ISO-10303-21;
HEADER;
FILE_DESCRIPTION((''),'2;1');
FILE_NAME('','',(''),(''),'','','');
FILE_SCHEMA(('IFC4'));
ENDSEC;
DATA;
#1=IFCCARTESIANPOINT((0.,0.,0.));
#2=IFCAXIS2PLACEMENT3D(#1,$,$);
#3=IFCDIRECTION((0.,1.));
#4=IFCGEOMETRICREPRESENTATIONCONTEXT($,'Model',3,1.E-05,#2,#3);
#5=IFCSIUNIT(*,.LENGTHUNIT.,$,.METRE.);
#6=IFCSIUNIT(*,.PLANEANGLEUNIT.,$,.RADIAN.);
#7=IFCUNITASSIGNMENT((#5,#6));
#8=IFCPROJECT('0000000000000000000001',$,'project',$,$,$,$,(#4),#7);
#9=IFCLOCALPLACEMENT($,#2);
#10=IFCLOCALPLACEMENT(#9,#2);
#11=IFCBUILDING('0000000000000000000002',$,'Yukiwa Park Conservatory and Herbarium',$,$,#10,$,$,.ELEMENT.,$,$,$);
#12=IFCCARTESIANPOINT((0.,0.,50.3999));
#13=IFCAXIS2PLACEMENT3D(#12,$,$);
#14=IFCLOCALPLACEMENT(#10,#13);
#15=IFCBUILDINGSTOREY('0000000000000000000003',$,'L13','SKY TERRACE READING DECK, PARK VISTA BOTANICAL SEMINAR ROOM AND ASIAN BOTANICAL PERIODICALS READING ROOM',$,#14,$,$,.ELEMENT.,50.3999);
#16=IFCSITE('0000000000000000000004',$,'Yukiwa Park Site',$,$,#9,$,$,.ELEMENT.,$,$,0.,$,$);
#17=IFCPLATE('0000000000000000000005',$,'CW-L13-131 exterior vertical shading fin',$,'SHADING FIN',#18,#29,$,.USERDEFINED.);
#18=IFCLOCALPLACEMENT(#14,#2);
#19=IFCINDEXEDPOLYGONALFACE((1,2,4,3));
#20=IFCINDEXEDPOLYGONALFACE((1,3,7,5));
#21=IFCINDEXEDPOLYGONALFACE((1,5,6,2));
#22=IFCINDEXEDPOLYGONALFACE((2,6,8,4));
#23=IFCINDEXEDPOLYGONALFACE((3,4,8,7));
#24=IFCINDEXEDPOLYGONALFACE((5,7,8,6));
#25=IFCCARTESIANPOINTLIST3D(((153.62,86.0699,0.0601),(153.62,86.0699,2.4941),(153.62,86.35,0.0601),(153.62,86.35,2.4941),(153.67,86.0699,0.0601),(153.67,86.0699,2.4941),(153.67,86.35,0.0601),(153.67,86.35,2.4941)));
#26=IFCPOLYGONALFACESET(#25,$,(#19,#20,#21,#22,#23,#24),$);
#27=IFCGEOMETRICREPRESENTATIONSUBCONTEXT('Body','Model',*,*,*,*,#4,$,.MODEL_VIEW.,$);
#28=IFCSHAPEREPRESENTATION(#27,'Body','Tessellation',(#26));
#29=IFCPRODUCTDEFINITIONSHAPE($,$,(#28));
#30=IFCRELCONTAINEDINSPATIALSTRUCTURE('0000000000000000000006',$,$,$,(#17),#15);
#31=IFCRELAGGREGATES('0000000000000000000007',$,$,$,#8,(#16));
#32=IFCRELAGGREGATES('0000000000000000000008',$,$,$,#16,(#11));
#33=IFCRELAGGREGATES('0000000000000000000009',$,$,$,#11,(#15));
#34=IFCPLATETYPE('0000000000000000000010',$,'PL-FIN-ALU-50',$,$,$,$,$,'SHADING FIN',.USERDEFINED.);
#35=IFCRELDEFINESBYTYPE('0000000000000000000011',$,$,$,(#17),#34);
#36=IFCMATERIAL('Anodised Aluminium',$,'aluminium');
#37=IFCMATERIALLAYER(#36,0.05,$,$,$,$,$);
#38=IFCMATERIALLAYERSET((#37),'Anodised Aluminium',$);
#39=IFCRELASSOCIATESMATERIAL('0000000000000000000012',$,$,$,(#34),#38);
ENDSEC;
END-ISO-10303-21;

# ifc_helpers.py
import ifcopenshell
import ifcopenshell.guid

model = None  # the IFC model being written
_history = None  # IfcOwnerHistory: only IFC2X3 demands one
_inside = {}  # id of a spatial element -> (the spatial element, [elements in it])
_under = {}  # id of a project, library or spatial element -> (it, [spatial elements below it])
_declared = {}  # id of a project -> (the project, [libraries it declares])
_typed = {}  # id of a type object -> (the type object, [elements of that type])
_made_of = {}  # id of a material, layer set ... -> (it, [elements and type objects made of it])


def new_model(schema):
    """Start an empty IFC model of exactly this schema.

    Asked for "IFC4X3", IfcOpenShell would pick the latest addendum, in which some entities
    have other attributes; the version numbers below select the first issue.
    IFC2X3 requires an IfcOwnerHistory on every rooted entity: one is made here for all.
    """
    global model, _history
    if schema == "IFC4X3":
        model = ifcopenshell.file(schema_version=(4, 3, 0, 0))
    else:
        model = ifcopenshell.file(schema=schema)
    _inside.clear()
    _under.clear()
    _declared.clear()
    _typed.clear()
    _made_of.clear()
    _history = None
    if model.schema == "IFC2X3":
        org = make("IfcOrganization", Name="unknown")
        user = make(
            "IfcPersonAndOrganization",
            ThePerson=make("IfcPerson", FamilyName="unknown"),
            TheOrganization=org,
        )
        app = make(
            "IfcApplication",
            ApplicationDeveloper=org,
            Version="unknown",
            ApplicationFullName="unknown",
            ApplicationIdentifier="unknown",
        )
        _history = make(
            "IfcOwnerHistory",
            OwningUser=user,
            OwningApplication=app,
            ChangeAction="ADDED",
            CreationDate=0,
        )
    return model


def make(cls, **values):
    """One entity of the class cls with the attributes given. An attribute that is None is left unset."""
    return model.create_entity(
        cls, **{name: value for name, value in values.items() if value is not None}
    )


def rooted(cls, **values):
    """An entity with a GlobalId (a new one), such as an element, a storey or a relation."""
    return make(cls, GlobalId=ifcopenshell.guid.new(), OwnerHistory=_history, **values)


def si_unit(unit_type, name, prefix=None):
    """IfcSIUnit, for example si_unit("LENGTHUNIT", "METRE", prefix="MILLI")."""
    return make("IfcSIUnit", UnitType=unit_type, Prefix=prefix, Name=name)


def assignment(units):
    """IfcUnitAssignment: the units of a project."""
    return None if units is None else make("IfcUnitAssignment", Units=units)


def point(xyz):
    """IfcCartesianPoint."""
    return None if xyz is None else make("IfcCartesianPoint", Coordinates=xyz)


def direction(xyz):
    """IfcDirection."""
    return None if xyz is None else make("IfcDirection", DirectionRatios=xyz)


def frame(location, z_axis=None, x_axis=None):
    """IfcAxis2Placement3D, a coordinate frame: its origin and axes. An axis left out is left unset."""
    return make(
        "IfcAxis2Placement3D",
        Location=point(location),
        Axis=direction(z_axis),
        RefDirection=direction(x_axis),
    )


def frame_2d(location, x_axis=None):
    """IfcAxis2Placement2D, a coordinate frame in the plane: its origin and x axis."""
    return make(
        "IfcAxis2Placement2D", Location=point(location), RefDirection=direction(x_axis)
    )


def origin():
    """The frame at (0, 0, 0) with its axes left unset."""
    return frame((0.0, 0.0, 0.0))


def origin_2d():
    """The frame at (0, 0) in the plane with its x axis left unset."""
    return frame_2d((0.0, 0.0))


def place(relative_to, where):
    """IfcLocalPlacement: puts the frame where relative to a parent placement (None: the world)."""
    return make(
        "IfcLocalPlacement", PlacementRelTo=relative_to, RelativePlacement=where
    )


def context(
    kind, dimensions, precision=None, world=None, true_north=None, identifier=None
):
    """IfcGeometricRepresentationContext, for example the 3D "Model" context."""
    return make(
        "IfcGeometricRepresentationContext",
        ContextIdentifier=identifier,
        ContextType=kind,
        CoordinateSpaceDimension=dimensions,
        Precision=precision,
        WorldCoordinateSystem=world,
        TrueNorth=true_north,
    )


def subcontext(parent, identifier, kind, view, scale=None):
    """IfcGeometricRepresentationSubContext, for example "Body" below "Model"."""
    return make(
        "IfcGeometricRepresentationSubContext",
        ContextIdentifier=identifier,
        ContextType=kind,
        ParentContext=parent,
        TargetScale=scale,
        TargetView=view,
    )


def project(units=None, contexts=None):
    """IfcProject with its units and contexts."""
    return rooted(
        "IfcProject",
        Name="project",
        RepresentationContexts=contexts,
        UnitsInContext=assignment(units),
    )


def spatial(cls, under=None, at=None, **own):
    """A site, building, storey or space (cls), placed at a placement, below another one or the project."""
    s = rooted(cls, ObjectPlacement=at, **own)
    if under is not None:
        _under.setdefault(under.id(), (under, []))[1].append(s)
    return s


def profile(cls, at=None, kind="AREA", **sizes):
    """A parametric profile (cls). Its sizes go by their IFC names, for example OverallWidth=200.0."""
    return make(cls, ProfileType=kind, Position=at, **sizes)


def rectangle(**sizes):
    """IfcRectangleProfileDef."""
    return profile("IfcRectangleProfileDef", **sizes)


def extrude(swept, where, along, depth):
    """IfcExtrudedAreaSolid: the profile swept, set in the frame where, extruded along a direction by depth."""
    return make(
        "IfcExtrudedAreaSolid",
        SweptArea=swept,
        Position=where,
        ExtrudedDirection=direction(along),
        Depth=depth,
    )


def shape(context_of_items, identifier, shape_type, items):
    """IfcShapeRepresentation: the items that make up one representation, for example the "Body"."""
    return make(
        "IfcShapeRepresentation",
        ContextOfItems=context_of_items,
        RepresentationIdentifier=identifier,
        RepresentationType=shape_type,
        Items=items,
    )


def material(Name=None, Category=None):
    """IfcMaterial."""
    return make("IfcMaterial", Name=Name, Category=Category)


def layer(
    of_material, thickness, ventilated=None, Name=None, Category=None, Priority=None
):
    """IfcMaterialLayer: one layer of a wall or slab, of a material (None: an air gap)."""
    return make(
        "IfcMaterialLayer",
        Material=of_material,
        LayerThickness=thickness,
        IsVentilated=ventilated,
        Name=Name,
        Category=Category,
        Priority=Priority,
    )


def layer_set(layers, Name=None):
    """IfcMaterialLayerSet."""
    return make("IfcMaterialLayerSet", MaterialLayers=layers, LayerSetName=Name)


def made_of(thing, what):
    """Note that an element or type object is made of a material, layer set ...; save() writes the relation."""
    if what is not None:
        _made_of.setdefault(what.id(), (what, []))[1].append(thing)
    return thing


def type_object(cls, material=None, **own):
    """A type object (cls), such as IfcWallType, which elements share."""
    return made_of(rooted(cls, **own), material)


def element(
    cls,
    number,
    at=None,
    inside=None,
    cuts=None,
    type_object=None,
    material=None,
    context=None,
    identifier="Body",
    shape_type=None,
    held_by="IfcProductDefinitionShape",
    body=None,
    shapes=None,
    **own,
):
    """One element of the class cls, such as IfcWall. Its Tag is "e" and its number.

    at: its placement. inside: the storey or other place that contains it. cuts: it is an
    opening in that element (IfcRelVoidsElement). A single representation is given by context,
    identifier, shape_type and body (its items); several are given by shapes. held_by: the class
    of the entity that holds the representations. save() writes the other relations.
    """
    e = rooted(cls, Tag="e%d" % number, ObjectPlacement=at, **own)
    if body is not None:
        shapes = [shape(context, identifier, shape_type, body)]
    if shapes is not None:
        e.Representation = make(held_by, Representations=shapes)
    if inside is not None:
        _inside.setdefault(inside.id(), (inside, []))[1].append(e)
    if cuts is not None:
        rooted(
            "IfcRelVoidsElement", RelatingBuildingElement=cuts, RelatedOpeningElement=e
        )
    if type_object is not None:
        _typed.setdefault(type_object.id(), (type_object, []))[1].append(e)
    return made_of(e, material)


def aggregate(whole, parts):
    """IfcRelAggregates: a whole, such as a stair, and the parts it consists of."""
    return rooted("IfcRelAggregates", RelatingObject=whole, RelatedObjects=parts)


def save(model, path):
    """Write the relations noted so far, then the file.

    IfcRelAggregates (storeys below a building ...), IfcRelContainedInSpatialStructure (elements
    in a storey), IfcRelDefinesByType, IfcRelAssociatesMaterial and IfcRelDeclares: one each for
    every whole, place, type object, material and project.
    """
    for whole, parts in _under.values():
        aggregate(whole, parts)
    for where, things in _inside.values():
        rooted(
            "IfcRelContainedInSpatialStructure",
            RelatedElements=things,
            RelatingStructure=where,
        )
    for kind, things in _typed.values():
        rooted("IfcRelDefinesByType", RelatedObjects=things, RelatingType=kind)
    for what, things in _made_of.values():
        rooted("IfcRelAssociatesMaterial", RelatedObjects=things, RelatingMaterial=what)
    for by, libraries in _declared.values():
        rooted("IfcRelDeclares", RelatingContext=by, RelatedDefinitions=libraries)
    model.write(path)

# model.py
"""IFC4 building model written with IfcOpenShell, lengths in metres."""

from ifc_helpers import new_model, si_unit, direction, frame, origin, origin_2d, place, context, subcontext, project, spatial, rectangle, extrude, material, layer, layer_set, type_object, element, save


model = new_model("IFC4")

# Units and contexts
model_context = context("Model", 3, precision=1e-05, world=origin(), true_north=direction((0.0, 1.0)))
body_context = subcontext(model_context, "Body", "Model", "MODEL_VIEW")
ifc_project = project(units=[si_unit("LENGTHUNIT", "METRE"), si_unit("PLANEANGLEUNIT", "RADIAN")], contexts=[model_context])

# Site, building, storey
site_placement = place(None, origin())
site = spatial("IfcSite", under=ifc_project, at=site_placement, Name="Yukiwa Park Site", CompositionType="ELEMENT", RefElevation=0.0)
building_placement = place(site_placement, origin())
building = spatial("IfcBuilding", under=site, at=building_placement, Name="Yukiwa Park Conservatory and Herbarium", CompositionType="ELEMENT")
storey_placement = place(building_placement, frame((0.0, 0.0, 50.3999)))
storey = spatial("IfcBuildingStorey", under=building, at=storey_placement, Name="L13", Description="SKY TERRACE READING DECK, PARK VISTA BOTANICAL SEMINAR ROOM AND ASIAN BOTANICAL PERIODICALS READING ROOM", CompositionType="ELEMENT", Elevation=50.3999)

# Plate
ifc_material_1 = material(Name="Anodised Aluminium", Category="aluminium")
ifc_layer_1 = layer(ifc_material_1, 0.05)
ifc_layer_set_1 = layer_set([ifc_layer_1], Name="Anodised Aluminium")
plate_type_1 = type_object("IfcPlateType", Name="PL-FIN-ALU-50", ElementType="SHADING FIN", PredefinedType="USERDEFINED", material=ifc_layer_set_1)
plate_1_placement = place(storey_placement, frame((153.645, 86.21, 0.0601), z_axis=(0.0, 0.0, 1.0), x_axis=(1.0, 0.0, 0.0)))
element("IfcPlate", 1, at=plate_1_placement, inside=storey, type_object=plate_type_1, Name="CW-L13-131 exterior vertical shading fin", ObjectType="SHADING FIN", PredefinedType="USERDEFINED", context=body_context, shape_type="SweptSolid", body=[
    extrude(rectangle(XDim=0.05, YDim=0.28, at=origin_2d()), origin(), (0.0, 0.0, 1.0), 2.4341),
])

save(model, "model.ifc")
